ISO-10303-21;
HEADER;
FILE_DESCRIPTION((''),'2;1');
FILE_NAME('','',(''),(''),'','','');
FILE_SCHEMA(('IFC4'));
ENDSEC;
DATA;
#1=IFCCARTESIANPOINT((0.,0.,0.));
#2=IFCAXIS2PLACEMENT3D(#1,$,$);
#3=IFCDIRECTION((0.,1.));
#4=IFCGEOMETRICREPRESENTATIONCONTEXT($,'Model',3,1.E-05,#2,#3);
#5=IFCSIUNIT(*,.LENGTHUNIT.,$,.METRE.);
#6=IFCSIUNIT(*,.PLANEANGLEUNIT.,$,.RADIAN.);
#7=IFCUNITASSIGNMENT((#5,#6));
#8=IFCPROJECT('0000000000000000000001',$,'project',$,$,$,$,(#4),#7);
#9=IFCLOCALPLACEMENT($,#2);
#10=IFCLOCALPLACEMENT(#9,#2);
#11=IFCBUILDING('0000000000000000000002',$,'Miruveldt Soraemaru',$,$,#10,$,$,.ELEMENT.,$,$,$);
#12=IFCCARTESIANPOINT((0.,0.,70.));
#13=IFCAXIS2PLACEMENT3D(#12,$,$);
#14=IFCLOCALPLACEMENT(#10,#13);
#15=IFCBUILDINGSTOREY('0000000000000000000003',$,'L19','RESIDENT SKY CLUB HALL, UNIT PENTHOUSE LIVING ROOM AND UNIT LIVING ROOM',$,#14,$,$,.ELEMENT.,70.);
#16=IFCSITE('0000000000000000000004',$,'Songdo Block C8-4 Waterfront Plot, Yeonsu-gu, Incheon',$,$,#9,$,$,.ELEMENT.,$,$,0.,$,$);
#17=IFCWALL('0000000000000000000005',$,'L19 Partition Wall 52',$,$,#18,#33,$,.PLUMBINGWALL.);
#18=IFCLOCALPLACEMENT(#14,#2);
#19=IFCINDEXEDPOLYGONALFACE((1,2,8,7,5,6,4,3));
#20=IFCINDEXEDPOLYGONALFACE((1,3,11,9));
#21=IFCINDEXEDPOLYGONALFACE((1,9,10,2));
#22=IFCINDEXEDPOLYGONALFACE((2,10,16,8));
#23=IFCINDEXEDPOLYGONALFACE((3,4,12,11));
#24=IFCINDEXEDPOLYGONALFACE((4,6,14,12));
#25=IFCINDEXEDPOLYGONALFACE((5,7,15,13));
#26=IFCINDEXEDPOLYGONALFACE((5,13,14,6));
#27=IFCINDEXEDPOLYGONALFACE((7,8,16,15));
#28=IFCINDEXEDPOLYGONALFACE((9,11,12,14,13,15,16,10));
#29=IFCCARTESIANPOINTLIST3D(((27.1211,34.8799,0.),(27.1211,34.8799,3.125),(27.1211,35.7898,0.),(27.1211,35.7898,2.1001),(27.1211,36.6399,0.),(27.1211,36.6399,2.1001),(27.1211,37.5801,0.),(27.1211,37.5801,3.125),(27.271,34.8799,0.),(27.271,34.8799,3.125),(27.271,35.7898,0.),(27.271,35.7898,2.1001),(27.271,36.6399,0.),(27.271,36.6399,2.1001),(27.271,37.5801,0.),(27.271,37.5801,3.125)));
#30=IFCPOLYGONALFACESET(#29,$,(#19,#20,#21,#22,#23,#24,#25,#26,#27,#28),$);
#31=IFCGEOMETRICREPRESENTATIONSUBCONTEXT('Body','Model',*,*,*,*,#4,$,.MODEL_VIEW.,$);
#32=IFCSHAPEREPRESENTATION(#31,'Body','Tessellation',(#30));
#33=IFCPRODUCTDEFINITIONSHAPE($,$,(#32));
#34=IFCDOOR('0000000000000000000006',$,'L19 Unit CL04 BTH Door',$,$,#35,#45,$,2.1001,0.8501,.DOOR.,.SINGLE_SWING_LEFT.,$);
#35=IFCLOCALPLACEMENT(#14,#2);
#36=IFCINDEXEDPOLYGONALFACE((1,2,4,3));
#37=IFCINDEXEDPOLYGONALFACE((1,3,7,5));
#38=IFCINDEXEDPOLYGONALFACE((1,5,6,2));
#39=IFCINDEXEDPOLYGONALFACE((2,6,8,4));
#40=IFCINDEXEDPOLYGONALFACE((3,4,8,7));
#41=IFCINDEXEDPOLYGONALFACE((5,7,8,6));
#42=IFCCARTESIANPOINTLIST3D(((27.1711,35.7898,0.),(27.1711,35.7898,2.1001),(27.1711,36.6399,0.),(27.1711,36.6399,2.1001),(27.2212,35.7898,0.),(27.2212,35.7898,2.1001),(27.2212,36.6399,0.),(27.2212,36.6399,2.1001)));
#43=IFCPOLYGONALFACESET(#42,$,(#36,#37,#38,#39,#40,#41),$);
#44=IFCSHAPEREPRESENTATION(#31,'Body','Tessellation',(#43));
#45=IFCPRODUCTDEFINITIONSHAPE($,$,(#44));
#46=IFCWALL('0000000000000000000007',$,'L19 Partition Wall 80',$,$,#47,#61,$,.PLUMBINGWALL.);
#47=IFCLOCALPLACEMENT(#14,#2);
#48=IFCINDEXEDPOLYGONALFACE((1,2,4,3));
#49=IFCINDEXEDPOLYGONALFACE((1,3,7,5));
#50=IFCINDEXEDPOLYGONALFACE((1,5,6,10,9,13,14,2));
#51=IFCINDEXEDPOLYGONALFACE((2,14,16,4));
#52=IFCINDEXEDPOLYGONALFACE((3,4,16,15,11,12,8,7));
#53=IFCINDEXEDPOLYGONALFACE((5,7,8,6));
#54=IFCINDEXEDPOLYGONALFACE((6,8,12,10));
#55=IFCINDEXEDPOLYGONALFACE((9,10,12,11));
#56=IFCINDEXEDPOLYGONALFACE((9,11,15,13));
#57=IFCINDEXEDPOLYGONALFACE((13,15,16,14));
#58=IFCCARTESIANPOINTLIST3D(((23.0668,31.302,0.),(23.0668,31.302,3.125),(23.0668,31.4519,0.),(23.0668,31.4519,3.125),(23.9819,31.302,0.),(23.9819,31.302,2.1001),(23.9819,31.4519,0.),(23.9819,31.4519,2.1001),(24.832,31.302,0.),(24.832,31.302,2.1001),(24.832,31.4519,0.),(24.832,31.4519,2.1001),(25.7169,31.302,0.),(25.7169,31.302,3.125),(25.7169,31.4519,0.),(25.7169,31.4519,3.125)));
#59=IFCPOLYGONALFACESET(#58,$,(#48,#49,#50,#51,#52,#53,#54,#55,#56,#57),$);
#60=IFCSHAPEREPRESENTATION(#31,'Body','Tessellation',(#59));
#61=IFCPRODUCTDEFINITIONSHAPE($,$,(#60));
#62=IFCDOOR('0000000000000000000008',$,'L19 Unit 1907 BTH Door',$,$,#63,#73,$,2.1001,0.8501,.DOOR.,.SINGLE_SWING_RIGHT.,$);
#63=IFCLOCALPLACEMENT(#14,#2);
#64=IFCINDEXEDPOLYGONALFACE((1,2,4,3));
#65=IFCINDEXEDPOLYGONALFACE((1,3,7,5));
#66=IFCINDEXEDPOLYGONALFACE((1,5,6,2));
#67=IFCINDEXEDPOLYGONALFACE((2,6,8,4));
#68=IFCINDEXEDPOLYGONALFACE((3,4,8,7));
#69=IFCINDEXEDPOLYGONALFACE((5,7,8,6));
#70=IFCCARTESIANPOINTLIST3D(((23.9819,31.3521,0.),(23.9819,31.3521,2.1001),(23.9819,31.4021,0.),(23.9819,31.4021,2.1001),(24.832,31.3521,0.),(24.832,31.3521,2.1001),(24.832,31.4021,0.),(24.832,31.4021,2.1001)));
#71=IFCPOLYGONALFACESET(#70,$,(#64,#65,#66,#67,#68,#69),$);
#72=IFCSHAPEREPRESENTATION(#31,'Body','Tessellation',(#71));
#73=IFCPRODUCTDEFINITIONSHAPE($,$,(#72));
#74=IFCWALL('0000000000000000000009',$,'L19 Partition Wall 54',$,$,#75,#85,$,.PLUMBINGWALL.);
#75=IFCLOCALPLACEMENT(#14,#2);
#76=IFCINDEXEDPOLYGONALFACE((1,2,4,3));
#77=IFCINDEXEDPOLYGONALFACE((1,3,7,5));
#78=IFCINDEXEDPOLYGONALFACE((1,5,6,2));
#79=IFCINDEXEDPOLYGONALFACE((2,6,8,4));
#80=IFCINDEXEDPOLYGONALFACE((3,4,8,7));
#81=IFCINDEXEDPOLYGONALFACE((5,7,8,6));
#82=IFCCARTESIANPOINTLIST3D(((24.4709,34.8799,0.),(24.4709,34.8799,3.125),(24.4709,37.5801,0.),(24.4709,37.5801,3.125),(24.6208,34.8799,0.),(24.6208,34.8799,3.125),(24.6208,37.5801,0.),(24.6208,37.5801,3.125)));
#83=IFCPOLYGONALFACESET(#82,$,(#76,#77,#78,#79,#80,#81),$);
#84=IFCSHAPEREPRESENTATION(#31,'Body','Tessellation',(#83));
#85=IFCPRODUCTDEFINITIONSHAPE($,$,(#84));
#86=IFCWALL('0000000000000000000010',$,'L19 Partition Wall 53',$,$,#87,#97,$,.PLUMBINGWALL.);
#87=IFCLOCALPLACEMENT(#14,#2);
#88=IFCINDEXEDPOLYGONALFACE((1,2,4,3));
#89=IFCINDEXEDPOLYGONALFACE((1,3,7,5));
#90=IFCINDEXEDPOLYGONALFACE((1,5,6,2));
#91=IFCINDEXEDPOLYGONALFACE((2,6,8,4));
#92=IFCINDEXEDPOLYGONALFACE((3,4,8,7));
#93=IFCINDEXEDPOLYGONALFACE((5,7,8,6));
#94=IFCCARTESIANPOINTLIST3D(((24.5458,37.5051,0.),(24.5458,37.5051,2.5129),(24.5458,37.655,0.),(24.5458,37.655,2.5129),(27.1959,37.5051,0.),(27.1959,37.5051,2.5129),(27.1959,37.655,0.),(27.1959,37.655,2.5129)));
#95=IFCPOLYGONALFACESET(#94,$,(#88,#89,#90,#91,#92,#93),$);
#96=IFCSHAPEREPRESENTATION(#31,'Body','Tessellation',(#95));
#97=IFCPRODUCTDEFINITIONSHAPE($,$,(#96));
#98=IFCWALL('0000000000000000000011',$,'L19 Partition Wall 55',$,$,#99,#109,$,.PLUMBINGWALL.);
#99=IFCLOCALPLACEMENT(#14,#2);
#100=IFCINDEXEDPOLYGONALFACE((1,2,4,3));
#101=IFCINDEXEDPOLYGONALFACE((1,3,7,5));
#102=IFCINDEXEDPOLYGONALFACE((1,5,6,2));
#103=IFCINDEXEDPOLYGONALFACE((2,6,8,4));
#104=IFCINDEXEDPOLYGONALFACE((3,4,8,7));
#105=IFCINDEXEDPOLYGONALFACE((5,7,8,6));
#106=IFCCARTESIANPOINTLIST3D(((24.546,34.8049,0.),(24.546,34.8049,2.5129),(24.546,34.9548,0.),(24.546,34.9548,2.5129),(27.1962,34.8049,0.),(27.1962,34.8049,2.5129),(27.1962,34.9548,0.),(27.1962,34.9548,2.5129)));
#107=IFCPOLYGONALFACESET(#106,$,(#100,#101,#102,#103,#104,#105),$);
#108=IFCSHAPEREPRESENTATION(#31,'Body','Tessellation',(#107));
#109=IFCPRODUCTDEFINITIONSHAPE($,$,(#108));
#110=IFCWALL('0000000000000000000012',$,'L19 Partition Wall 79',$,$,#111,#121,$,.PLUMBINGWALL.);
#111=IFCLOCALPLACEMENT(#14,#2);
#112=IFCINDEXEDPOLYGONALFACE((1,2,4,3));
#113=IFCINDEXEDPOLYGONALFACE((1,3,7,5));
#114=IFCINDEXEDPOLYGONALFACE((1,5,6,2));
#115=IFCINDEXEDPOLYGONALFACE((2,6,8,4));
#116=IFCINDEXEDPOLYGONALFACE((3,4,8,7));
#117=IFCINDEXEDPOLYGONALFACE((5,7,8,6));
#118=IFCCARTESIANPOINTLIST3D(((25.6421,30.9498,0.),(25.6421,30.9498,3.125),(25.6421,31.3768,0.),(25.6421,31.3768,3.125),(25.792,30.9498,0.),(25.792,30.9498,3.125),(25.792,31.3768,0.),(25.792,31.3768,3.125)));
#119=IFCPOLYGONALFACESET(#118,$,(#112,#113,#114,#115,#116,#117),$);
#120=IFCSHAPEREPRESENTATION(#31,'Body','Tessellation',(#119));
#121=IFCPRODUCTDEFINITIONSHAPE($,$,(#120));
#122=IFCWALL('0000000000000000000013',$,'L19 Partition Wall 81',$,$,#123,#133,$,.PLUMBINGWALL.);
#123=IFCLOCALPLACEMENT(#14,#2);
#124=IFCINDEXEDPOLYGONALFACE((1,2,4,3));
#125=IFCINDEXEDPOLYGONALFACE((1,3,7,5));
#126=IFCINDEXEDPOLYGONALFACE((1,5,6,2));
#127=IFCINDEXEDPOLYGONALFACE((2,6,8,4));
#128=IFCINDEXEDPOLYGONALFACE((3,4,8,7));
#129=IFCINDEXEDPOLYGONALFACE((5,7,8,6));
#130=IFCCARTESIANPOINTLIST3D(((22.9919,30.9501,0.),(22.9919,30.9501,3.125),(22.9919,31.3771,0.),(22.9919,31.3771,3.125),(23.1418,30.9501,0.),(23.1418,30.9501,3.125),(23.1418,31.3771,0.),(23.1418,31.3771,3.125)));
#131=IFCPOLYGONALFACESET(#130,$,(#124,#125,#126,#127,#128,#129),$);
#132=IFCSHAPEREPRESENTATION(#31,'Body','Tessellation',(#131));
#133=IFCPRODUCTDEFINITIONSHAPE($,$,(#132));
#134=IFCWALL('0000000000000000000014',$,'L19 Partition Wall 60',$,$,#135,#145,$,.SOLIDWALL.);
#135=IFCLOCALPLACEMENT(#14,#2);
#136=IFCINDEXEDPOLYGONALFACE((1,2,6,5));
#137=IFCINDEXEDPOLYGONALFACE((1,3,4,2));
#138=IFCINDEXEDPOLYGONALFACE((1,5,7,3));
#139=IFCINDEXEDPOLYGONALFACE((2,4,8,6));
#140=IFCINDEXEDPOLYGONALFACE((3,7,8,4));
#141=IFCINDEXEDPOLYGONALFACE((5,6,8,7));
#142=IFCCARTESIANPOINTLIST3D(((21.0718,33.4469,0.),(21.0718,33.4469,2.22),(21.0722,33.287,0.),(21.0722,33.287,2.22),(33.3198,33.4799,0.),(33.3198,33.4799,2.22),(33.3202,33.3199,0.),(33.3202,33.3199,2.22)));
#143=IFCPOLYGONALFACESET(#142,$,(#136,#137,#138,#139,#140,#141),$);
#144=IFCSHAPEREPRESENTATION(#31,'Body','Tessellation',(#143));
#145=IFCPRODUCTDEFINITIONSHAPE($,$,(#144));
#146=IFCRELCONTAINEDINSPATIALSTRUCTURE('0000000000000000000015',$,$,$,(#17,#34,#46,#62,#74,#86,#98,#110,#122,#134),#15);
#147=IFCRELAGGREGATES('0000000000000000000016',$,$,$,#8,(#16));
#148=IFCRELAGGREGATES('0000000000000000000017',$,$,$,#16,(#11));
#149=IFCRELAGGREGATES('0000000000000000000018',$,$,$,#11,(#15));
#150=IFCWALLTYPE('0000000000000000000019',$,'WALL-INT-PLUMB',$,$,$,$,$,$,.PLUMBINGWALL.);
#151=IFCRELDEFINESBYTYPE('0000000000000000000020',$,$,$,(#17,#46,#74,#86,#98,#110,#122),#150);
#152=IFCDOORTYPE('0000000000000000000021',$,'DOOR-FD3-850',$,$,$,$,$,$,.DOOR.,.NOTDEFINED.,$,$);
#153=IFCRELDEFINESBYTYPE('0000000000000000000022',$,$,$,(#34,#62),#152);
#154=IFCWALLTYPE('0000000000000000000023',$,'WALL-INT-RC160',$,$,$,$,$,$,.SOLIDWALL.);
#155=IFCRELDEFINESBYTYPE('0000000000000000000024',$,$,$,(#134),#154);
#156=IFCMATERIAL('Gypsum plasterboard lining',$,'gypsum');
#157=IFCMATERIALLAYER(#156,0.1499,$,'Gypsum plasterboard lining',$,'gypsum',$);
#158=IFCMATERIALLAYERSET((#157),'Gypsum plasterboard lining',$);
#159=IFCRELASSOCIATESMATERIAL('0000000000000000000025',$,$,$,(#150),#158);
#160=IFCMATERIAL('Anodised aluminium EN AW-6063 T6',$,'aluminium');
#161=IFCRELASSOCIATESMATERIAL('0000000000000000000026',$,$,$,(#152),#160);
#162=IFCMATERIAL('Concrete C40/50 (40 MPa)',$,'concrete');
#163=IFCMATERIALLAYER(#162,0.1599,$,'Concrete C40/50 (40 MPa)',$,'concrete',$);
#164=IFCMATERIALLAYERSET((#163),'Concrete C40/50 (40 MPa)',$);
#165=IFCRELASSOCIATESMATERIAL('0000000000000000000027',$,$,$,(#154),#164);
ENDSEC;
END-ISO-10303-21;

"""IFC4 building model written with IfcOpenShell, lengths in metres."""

from ifc_helpers import new_model, si_unit, direction, frame, frame_2d, origin, place, context, subcontext, project, spatial, rectangle, extrude, material, layer, layer_set, type_object, element, fill, save


model = new_model("IFC4")

# Units and contexts
model_context = context("Model", 3, precision=1e-05, world=origin(), true_north=direction((0.0, 1.0)))
body_context = subcontext(model_context, "Body", "Model", "MODEL_VIEW")
ifc_project = project(units=[si_unit("LENGTHUNIT", "METRE"), si_unit("PLANEANGLEUNIT", "RADIAN")], contexts=[model_context])

# Site, building, storey
site_placement = place(None, origin())
site = spatial("IfcSite", under=ifc_project, at=site_placement, Name="Songdo Block C8-4 Waterfront Plot, Yeonsu-gu, Incheon", CompositionType="ELEMENT", RefElevation=0.0)
building_placement = place(site_placement, origin())
building = spatial("IfcBuilding", under=site, at=building_placement, Name="Miruveldt Soraemaru", CompositionType="ELEMENT")
storey_placement = place(building_placement, frame((0.0, 0.0, 70.0)))
storey = spatial("IfcBuildingStorey", under=building, at=storey_placement, Name="L19", Description="RESIDENT SKY CLUB HALL, UNIT PENTHOUSE LIVING ROOM AND UNIT LIVING ROOM", CompositionType="ELEMENT", Elevation=70.0)

# Shared definitions
ifc_material_1 = material(Name="Anodised aluminium EN AW-6063 T6", Category="aluminium")

# Shared definitions
ifc_material_2 = material(Name="Gypsum plasterboard lining", Category="gypsum")

# Walls, openings, doors
ifc_layer_1 = layer(ifc_material_2, 0.1499, Name="Gypsum plasterboard lining", Category="gypsum")
ifc_layer_set_1 = layer_set([ifc_layer_1], Name="Gypsum plasterboard lining")
wall_type_1 = type_object("IfcWallType", Name="WALL-INT-PLUMB", PredefinedType="PLUMBINGWALL", material=ifc_layer_set_1)
wall_1_placement = place(storey_placement, frame((27.196, 34.8799, 0.0), z_axis=(0.0, 0.0, 1.0), x_axis=(0.0, 1.0, 0.0)))
wall_1 = element("IfcWall", 1, at=wall_1_placement, inside=storey, type_object=wall_type_1, Name="L19 Partition Wall 52", PredefinedType="PLUMBINGWALL", context=body_context, shape_type="SweptSolid", body=[
    extrude(rectangle(XDim=2.7002, YDim=0.1499, at=frame_2d((1.3501, 0.0))), origin(), (0.0, 0.0, 1.0), 3.125),
])
opening_1_placement = place(wall_1_placement, frame((0.9099, 0.0, 0.0)))
opening_1 = element("IfcOpeningElement", 2, at=opening_1_placement, cuts=wall_1, PredefinedType="OPENING", context=body_context, shape_type="SweptSolid", body=[
    extrude(rectangle(XDim=0.8501, YDim=2.1001, at=frame_2d((0.425, 1.05))), frame((0.0, 0.085, 0.0), z_axis=(0.0, -1.0, 0.0), x_axis=(1.0, 0.0, 0.0)), (0.0, 0.0, 1.0), 0.1699),
])
door_type_1 = type_object("IfcDoorType", Name="DOOR-FD3-850", OperationType="NOTDEFINED", PredefinedType="DOOR", material=ifc_material_1)
door_1_placement = place(opening_1_placement, origin())
door_1 = element("IfcDoor", 3, at=door_1_placement, inside=storey, type_object=door_type_1, Name="L19 Unit CL04 BTH Door", OperationType="SINGLE_SWING_LEFT", OverallHeight=2.1001, OverallWidth=0.8501, PredefinedType="DOOR", context=body_context, shape_type="SweptSolid", body=[
    extrude(rectangle(XDim=0.8501, YDim=2.1001, at=frame_2d((0.425, 1.05))), frame((0.0, 0.0249, 0.0), z_axis=(0.0, -1.0, 0.0), x_axis=(1.0, 0.0, 0.0)), (0.0, 0.0, 1.0), 0.05),
])
fill(opening_1, door_1)
wall_2_placement = place(storey_placement, frame((25.717, 31.377, 0.0), z_axis=(0.0, 0.0, 1.0), x_axis=(-1.0, 0.0, 0.0)))
wall_2 = element("IfcWall", 4, at=wall_2_placement, inside=storey, type_object=wall_type_1, Name="L19 Partition Wall 80", PredefinedType="PLUMBINGWALL", context=body_context, shape_type="SweptSolid", body=[
    extrude(rectangle(XDim=2.6501, YDim=0.1499, at=frame_2d((1.3252, 0.0))), origin(), (0.0, 0.0, 1.0), 3.125),
])
opening_2_placement = place(wall_2_placement, frame((0.885, 0.0, 0.0)))
opening_2 = element("IfcOpeningElement", 5, at=opening_2_placement, cuts=wall_2, PredefinedType="OPENING", context=body_context, shape_type="SweptSolid", body=[
    extrude(rectangle(XDim=0.8501, YDim=2.1001, at=frame_2d((0.425, 1.05))), frame((0.0, 0.085, 0.0), z_axis=(0.0, -1.0, 0.0), x_axis=(1.0, 0.0, 0.0)), (0.0, 0.0, 1.0), 0.1699),
])
door_2_placement = place(opening_2_placement, origin())
door_2 = element("IfcDoor", 6, at=door_2_placement, inside=storey, type_object=door_type_1, Name="L19 Unit 1907 BTH Door", OperationType="SINGLE_SWING_RIGHT", OverallHeight=2.1001, OverallWidth=0.8501, PredefinedType="DOOR", context=body_context, shape_type="SweptSolid", body=[
    extrude(rectangle(XDim=0.8501, YDim=2.1001, at=frame_2d((0.425, 1.05))), frame((0.0, 0.0249, 0.0), z_axis=(0.0, -1.0, 0.0), x_axis=(1.0, 0.0, 0.0)), (0.0, 0.0, 1.0), 0.05),
])
fill(opening_2, door_2)

# Walls
wall_3_placement = place(storey_placement, frame((24.5459, 37.5801, 0.0), z_axis=(0.0, 0.0, 1.0), x_axis=(0.0, -1.0, 0.0)))
element("IfcWall", 7, at=wall_3_placement, inside=storey, type_object=wall_type_1, Name="L19 Partition Wall 54", PredefinedType="PLUMBINGWALL", context=body_context, shape_type="SweptSolid", body=[
    extrude(rectangle(XDim=2.7002, YDim=0.1499, at=frame_2d((1.3501, 0.0))), origin(), (0.0, 0.0, 1.0), 3.125),
])
for number, where, z_axis, x_axis, name in (
    (8, (27.196, 37.5801, 0.0), (0.0, 0.0, 1.0), (-1.0, 0.0, 0.0), "L19 Partition Wall 53"),
    (9, (24.5459, 34.8799, 0.0), (0.0, 0.0, 1.0), (1.0, 0.0, 0.0), "L19 Partition Wall 55"),
):
    element("IfcWall", number, at=place(storey_placement, frame(where, z_axis=z_axis, x_axis=x_axis)), inside=storey, type_object=wall_type_1, Name=name, PredefinedType="PLUMBINGWALL", context=body_context, shape_type="SweptSolid", body=[
        extrude(rectangle(XDim=2.6501, YDim=0.1499, at=frame_2d((1.3252, 0.0))), origin(), (0.0, 0.0, 1.0), 2.5129),
    ])
for number, where, z_axis, x_axis, name in (
    (10, (25.717, 30.95, 0.0), (0.0, 0.0, 1.0), (0.0, 1.0, 0.0), "L19 Partition Wall 79"),
    (11, (23.0669, 31.377, 0.0), (0.0, 0.0, 1.0), (0.0, -1.0, 0.0), "L19 Partition Wall 81"),
):
    element("IfcWall", number, at=place(storey_placement, frame(where, z_axis=z_axis, x_axis=x_axis)), inside=storey, type_object=wall_type_1, Name=name, PredefinedType="PLUMBINGWALL", context=body_context, shape_type="SweptSolid", body=[
        extrude(rectangle(XDim=0.427, YDim=0.1499, at=frame_2d((0.2134, 0.0))), origin(), (0.0, 0.0, 1.0), 3.125),
    ])
ifc_material_3 = material(Name="Concrete C40/50 (40 MPa)", Category="concrete")
ifc_layer_2 = layer(ifc_material_3, 0.1599, Name="Concrete C40/50 (40 MPa)", Category="concrete")
ifc_layer_set_2 = layer_set([ifc_layer_2], Name="Concrete C40/50 (40 MPa)")
wall_type_2 = type_object("IfcWallType", Name="WALL-INT-RC160", PredefinedType="SOLIDWALL", material=ifc_layer_set_2)
wall_4_placement = place(storey_placement, frame((21.072, 33.3669, 0.0), z_axis=(0.0, 0.0, 1.0), x_axis=(0.999996, 0.002691, 0.0)))
element("IfcWall", 12, at=wall_4_placement, inside=storey, type_object=wall_type_2, Name="L19 Partition Wall 60", PredefinedType="SOLIDWALL", context=body_context, shape_type="SweptSolid", body=[
    extrude(rectangle(XDim=12.248, YDim=0.1599, at=frame_2d((6.124, 0.0))), origin(), (0.0, 0.0, 1.0), 2.22),
])

save(model, "model.ifc")
